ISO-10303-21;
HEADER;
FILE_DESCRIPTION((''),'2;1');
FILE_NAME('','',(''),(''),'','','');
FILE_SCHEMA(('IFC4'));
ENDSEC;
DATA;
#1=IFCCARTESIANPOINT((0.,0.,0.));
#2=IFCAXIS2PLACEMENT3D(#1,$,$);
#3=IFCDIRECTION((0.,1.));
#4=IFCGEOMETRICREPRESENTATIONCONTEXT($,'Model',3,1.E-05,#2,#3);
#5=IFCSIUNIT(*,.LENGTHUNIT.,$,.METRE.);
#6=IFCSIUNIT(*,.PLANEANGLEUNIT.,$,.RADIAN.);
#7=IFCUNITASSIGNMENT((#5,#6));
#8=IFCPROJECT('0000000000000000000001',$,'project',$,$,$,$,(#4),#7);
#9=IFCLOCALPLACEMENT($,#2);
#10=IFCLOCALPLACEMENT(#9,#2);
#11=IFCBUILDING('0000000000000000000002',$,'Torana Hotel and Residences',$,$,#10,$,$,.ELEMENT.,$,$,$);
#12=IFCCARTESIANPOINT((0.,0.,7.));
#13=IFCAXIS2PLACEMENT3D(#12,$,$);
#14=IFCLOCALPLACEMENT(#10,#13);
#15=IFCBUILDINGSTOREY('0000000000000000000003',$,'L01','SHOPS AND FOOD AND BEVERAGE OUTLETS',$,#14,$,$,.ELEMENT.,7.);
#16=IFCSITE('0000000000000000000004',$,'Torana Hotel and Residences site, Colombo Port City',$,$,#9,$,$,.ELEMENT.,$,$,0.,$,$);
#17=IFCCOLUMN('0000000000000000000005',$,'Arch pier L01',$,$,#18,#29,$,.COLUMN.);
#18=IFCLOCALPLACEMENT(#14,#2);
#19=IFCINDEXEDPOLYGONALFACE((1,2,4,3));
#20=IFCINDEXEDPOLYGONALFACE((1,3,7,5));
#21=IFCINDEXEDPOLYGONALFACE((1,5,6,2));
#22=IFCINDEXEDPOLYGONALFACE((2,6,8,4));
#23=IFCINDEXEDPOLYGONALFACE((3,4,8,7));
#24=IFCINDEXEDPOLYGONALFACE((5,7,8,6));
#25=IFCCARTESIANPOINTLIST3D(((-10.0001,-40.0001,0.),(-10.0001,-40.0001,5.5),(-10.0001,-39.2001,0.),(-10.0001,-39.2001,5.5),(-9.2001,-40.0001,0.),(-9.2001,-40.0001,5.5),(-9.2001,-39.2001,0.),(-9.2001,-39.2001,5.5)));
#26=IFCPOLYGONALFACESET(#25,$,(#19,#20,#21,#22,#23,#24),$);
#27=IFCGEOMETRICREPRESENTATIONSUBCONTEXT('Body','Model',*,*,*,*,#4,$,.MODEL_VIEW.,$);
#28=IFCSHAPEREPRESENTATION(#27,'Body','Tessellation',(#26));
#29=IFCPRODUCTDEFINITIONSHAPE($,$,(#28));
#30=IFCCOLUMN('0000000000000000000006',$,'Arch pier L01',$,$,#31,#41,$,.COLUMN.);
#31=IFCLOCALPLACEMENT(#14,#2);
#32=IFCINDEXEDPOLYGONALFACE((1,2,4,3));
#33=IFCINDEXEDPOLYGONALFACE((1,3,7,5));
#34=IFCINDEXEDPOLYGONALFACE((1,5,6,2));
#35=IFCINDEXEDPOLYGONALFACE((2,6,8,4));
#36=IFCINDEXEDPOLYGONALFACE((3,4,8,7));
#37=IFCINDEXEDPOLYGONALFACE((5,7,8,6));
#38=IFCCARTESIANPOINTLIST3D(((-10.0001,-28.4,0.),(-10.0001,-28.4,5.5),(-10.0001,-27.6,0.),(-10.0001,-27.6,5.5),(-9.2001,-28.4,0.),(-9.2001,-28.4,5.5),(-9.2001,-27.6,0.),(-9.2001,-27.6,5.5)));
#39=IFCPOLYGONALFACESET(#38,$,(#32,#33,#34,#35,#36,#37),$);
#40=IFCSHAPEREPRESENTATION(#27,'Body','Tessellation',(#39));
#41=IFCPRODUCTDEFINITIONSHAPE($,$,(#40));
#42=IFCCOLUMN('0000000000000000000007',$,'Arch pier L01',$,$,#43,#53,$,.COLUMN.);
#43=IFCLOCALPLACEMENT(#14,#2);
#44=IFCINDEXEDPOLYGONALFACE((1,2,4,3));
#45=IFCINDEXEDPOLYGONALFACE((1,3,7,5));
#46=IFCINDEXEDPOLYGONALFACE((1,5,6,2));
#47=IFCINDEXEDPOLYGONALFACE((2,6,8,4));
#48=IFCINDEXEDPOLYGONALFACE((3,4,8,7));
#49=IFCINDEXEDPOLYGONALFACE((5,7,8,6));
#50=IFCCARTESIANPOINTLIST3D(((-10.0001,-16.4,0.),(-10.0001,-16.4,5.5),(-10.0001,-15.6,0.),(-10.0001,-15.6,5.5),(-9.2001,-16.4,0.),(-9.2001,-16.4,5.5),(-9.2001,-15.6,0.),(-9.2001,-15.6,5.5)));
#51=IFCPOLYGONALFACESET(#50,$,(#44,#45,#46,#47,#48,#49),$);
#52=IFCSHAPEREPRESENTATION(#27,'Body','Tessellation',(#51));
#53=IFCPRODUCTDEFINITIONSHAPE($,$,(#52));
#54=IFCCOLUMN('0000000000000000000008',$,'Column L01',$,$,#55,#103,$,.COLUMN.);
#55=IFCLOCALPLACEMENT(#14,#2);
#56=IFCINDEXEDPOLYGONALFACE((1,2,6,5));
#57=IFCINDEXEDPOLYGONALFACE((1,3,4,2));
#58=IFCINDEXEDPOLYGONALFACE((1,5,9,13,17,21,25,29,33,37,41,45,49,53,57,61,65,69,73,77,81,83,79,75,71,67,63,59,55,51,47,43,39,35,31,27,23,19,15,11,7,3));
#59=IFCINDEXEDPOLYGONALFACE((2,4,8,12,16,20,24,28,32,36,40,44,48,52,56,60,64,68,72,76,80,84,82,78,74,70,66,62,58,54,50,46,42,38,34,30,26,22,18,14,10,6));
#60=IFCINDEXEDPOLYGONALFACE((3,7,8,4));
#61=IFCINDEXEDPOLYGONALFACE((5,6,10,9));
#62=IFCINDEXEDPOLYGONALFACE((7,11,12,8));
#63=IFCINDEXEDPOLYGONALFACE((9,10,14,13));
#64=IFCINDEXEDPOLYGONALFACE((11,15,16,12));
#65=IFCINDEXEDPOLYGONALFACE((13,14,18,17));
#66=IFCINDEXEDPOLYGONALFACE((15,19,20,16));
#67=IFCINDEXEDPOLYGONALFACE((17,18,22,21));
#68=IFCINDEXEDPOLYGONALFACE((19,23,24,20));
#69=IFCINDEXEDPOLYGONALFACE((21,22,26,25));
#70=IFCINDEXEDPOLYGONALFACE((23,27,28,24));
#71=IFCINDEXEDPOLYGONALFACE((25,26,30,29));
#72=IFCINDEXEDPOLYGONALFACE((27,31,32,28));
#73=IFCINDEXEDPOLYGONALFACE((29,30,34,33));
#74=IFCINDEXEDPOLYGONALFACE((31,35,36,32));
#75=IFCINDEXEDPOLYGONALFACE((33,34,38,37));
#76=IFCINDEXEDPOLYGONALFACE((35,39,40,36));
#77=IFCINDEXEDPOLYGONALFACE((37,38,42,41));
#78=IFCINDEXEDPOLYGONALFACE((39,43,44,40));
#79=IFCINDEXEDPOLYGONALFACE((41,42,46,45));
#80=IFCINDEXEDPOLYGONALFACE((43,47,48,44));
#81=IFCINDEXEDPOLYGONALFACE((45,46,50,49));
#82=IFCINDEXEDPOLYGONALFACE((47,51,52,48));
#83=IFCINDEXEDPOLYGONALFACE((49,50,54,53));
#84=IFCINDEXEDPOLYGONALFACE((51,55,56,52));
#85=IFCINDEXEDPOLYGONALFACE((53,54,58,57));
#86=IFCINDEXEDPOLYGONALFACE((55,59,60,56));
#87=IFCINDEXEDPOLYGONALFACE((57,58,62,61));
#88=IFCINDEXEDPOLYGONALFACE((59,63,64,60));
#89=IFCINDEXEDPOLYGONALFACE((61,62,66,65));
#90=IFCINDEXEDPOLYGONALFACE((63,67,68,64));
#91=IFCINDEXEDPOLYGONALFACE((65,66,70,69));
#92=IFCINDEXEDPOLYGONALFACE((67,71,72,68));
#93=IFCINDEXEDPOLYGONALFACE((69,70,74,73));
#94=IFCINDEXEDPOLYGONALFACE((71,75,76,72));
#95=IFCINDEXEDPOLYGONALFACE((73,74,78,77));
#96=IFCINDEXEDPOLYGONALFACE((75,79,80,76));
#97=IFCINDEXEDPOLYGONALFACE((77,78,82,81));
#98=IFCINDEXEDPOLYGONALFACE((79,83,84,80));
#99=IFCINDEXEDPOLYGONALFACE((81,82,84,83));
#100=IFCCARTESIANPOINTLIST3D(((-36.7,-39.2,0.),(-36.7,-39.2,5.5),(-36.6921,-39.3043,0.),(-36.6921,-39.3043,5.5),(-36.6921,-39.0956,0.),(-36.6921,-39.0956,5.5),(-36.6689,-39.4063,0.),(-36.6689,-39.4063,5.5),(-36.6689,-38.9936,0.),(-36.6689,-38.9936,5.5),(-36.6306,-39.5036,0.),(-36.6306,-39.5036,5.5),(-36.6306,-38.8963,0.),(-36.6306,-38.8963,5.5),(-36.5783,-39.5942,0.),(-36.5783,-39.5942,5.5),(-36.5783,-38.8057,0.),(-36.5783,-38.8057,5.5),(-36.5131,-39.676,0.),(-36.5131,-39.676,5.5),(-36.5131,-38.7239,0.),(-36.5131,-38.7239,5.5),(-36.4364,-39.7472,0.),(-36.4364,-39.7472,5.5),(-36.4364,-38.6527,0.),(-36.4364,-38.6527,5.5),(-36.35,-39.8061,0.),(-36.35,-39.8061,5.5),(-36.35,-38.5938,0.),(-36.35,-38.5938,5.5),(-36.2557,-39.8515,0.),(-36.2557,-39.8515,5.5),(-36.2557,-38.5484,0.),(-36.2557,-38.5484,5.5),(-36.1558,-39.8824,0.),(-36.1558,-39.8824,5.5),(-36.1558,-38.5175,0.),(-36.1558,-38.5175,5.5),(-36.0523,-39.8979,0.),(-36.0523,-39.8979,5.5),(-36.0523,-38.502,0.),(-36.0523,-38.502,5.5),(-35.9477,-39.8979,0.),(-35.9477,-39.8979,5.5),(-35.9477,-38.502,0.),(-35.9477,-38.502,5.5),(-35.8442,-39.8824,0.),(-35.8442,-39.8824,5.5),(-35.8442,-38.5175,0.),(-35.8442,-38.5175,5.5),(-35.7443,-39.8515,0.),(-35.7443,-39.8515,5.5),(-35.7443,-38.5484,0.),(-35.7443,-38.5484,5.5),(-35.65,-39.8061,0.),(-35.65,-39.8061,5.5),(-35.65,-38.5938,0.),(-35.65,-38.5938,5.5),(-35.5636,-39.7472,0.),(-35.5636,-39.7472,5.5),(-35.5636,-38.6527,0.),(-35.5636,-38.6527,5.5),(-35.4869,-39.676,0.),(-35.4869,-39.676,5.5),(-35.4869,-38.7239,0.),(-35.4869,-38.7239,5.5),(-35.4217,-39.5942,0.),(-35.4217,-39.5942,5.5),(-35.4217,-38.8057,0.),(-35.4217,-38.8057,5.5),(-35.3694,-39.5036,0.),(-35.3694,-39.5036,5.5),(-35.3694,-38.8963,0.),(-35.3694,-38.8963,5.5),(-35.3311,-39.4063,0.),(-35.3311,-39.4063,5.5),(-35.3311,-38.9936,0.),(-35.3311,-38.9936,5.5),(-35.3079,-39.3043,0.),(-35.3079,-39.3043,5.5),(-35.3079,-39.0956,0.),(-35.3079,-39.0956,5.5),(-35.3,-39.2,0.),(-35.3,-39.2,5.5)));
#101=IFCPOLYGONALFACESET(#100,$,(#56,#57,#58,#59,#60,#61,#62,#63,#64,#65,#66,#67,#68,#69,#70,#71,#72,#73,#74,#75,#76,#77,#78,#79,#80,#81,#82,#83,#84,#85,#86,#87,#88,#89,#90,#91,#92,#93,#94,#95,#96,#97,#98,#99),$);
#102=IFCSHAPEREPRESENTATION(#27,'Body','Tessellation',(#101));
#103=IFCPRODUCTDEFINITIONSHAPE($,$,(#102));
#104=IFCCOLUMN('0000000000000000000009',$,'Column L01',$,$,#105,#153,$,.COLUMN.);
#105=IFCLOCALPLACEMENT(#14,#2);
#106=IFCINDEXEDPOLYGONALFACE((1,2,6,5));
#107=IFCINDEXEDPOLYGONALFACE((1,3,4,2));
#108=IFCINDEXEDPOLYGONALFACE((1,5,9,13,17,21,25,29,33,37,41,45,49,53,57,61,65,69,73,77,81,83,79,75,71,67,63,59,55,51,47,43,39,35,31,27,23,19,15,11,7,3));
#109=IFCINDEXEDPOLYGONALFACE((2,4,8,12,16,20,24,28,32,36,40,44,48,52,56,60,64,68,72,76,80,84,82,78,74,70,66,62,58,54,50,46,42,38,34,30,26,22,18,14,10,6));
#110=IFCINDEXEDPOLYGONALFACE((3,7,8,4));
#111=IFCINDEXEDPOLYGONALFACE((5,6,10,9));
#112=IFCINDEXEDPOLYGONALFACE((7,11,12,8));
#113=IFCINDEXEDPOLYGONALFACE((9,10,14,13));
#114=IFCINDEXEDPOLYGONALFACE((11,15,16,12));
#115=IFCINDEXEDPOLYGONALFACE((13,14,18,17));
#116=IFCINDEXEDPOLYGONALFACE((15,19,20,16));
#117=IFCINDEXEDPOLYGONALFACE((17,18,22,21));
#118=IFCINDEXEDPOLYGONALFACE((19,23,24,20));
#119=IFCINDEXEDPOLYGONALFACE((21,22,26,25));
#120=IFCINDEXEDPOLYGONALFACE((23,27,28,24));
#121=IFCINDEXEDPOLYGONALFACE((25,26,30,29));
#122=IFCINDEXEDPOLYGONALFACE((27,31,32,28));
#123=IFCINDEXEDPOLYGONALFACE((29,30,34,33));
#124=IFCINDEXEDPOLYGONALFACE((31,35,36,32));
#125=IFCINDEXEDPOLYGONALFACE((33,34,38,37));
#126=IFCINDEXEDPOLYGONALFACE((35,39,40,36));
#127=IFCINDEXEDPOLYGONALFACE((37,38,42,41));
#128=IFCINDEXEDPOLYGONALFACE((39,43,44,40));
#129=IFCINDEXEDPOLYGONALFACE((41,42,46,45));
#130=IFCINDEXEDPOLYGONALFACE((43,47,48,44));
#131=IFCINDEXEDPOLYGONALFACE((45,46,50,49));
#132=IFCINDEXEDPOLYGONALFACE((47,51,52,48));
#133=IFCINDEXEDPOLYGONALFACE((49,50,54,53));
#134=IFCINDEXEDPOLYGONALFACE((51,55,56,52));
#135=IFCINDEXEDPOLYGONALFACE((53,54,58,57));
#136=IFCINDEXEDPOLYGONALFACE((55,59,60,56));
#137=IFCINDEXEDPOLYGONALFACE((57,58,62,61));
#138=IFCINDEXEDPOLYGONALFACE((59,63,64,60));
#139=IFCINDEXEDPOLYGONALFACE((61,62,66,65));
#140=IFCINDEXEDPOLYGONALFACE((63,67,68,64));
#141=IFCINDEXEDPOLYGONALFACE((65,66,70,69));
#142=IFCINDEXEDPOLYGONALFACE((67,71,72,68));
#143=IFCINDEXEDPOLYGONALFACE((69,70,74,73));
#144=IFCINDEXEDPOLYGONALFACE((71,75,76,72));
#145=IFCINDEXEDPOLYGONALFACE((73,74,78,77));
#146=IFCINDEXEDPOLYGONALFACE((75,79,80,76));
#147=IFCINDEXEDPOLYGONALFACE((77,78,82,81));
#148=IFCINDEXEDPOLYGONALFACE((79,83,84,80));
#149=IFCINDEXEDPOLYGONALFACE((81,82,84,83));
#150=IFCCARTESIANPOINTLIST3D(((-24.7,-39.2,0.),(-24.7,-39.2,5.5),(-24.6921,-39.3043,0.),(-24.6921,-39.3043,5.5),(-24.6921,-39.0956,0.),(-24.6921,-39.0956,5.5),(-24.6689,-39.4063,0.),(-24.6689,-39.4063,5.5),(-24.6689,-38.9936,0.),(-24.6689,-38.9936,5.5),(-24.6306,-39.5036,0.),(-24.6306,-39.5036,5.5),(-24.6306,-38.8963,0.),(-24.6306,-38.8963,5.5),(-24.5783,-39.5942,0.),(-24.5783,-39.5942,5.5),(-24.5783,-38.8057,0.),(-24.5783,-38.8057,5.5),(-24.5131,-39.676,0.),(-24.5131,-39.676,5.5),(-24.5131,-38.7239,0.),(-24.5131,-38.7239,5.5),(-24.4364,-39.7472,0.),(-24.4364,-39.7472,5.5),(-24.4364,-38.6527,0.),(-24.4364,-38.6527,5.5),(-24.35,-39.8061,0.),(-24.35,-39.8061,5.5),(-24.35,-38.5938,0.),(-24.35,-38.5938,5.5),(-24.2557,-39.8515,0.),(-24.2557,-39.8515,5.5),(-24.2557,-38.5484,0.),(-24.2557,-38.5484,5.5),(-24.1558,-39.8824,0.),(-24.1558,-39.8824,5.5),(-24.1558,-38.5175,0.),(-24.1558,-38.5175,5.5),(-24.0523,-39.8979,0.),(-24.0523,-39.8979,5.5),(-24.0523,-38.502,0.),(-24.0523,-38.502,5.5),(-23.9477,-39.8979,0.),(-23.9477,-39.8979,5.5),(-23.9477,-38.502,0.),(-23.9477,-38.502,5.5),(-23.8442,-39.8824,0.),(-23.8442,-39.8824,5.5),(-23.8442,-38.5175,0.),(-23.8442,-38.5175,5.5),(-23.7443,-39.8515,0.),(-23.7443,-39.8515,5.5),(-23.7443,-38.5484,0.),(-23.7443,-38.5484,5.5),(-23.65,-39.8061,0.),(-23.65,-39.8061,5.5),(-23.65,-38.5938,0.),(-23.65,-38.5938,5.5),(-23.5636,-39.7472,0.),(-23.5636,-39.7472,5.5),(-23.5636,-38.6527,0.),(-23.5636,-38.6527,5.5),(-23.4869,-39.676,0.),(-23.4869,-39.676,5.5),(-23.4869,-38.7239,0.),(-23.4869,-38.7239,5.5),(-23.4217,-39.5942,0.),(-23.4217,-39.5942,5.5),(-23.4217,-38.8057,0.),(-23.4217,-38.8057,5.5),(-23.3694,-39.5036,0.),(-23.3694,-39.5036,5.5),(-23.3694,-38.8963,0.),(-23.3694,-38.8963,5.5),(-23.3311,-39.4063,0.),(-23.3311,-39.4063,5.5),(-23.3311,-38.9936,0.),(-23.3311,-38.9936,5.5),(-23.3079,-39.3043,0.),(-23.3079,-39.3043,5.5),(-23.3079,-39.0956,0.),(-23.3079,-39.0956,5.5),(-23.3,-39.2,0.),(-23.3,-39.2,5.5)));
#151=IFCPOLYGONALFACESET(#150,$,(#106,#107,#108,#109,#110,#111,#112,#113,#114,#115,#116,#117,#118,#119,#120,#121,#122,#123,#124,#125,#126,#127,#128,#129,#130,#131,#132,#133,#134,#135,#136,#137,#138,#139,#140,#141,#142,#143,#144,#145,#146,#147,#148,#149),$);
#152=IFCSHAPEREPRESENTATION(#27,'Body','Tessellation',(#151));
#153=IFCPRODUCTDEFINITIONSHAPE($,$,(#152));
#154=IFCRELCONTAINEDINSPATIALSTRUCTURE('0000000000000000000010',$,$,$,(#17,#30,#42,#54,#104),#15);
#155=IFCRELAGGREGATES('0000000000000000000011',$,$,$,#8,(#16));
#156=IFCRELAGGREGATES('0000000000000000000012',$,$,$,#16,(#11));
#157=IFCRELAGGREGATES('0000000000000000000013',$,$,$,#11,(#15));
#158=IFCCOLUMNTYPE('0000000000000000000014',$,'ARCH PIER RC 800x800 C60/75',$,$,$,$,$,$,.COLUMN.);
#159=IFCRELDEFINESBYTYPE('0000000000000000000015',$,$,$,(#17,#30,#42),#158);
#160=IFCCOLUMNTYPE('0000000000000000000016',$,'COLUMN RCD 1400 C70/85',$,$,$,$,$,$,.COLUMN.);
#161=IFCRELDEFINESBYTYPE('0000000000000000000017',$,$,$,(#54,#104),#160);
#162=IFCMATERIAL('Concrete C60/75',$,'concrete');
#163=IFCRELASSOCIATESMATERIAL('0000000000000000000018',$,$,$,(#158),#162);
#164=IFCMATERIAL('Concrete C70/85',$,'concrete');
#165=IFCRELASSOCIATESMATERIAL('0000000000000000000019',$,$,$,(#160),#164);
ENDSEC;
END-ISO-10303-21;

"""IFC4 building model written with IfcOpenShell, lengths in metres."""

from ifc_helpers import new_model, si_unit, direction, frame, origin, origin_2d, place, context, subcontext, project, spatial, rectangle, circle, extrude, material, material_profile, profile_set, type_object, element, save


model = new_model("IFC4")

# Units and contexts
model_context = context("Model", 3, precision=1e-05, world=origin(), true_north=direction((0.0, 1.0)))
body_context = subcontext(model_context, "Body", "Model", "MODEL_VIEW")
ifc_project = project(units=[si_unit("LENGTHUNIT", "METRE"), si_unit("PLANEANGLEUNIT", "RADIAN")], contexts=[model_context])

# Site, building, storey
site_placement = place(None, origin())
site = spatial("IfcSite", under=ifc_project, at=site_placement, Name="Torana Hotel and Residences site, Colombo Port City", CompositionType="ELEMENT", RefElevation=0.0)
building_placement = place(site_placement, origin())
building = spatial("IfcBuilding", under=site, at=building_placement, Name="Torana Hotel and Residences", CompositionType="ELEMENT")
storey_placement = place(building_placement, frame((0.0, 0.0, 7.0)))
storey = spatial("IfcBuildingStorey", under=building, at=storey_placement, Name="L01", Description="SHOPS AND FOOD AND BEVERAGE OUTLETS", CompositionType="ELEMENT", Elevation=7.0)

# Columns
ifc_material_1 = material(Name="Concrete C60/75", Category="concrete")
ifc_material_profile_1 = material_profile(ifc_material_1, rectangle(XDim=0.8, YDim=0.8, at=origin_2d()), Name="RC 800x800")
ifc_profile_set_1 = profile_set([ifc_material_profile_1], Name="Concrete C60/75")
column_type_1 = type_object("IfcColumnType", Name="ARCH PIER RC 800x800 C60/75", PredefinedType="COLUMN", material=ifc_profile_set_1)
for number, where, z_axis, x_axis, name in (
    (1, (-9.6001, -39.6001, 0.0), (0.0, 0.0, 1.0), (1.0, 0.0, 0.0), "Arch pier L01"),
    (2, (-9.6001, -28.0, 0.0), (0.0, 0.0, 1.0), (1.0, 0.0, 0.0), "Arch pier L01"),
    (3, (-9.6001, -16.0, 0.0), (0.0, 0.0, 1.0), (1.0, 0.0, 0.0), "Arch pier L01"),
):
    element("IfcColumn", number, at=place(storey_placement, frame(where, z_axis=z_axis, x_axis=x_axis)), inside=storey, type_object=column_type_1, Name=name, PredefinedType="COLUMN", context=body_context, shape_type="SweptSolid", body=[
        extrude(rectangle(XDim=0.8, YDim=0.8, at=origin_2d()), origin(), (0.0, 0.0, 1.0), 5.5),
    ])
ifc_material_2 = material(Name="Concrete C70/85", Category="concrete")
ifc_material_profile_2 = material_profile(ifc_material_2, circle(Radius=0.7, at=origin_2d()), Name="RCD 1400")
ifc_profile_set_2 = profile_set([ifc_material_profile_2], Name="Concrete C70/85")
column_type_2 = type_object("IfcColumnType", Name="COLUMN RCD 1400 C70/85", PredefinedType="COLUMN", material=ifc_profile_set_2)
for number, where, z_axis, x_axis, name in (
    (4, (-36.0, -39.2, 0.0), (0.0, 0.0, 1.0), (1.0, 0.0, 0.0), "Column L01"),
    (5, (-24.0, -39.2, 0.0), (0.0, 0.0, 1.0), (1.0, 0.0, 0.0), "Column L01"),
):
    element("IfcColumn", number, at=place(storey_placement, frame(where, z_axis=z_axis, x_axis=x_axis)), inside=storey, type_object=column_type_2, Name=name, PredefinedType="COLUMN", context=body_context, shape_type="SweptSolid", body=[
        extrude(circle(Radius=0.7, at=origin_2d()), origin(), (0.0, 0.0, 1.0), 5.5),
    ])

save(model, "model.ifc")
